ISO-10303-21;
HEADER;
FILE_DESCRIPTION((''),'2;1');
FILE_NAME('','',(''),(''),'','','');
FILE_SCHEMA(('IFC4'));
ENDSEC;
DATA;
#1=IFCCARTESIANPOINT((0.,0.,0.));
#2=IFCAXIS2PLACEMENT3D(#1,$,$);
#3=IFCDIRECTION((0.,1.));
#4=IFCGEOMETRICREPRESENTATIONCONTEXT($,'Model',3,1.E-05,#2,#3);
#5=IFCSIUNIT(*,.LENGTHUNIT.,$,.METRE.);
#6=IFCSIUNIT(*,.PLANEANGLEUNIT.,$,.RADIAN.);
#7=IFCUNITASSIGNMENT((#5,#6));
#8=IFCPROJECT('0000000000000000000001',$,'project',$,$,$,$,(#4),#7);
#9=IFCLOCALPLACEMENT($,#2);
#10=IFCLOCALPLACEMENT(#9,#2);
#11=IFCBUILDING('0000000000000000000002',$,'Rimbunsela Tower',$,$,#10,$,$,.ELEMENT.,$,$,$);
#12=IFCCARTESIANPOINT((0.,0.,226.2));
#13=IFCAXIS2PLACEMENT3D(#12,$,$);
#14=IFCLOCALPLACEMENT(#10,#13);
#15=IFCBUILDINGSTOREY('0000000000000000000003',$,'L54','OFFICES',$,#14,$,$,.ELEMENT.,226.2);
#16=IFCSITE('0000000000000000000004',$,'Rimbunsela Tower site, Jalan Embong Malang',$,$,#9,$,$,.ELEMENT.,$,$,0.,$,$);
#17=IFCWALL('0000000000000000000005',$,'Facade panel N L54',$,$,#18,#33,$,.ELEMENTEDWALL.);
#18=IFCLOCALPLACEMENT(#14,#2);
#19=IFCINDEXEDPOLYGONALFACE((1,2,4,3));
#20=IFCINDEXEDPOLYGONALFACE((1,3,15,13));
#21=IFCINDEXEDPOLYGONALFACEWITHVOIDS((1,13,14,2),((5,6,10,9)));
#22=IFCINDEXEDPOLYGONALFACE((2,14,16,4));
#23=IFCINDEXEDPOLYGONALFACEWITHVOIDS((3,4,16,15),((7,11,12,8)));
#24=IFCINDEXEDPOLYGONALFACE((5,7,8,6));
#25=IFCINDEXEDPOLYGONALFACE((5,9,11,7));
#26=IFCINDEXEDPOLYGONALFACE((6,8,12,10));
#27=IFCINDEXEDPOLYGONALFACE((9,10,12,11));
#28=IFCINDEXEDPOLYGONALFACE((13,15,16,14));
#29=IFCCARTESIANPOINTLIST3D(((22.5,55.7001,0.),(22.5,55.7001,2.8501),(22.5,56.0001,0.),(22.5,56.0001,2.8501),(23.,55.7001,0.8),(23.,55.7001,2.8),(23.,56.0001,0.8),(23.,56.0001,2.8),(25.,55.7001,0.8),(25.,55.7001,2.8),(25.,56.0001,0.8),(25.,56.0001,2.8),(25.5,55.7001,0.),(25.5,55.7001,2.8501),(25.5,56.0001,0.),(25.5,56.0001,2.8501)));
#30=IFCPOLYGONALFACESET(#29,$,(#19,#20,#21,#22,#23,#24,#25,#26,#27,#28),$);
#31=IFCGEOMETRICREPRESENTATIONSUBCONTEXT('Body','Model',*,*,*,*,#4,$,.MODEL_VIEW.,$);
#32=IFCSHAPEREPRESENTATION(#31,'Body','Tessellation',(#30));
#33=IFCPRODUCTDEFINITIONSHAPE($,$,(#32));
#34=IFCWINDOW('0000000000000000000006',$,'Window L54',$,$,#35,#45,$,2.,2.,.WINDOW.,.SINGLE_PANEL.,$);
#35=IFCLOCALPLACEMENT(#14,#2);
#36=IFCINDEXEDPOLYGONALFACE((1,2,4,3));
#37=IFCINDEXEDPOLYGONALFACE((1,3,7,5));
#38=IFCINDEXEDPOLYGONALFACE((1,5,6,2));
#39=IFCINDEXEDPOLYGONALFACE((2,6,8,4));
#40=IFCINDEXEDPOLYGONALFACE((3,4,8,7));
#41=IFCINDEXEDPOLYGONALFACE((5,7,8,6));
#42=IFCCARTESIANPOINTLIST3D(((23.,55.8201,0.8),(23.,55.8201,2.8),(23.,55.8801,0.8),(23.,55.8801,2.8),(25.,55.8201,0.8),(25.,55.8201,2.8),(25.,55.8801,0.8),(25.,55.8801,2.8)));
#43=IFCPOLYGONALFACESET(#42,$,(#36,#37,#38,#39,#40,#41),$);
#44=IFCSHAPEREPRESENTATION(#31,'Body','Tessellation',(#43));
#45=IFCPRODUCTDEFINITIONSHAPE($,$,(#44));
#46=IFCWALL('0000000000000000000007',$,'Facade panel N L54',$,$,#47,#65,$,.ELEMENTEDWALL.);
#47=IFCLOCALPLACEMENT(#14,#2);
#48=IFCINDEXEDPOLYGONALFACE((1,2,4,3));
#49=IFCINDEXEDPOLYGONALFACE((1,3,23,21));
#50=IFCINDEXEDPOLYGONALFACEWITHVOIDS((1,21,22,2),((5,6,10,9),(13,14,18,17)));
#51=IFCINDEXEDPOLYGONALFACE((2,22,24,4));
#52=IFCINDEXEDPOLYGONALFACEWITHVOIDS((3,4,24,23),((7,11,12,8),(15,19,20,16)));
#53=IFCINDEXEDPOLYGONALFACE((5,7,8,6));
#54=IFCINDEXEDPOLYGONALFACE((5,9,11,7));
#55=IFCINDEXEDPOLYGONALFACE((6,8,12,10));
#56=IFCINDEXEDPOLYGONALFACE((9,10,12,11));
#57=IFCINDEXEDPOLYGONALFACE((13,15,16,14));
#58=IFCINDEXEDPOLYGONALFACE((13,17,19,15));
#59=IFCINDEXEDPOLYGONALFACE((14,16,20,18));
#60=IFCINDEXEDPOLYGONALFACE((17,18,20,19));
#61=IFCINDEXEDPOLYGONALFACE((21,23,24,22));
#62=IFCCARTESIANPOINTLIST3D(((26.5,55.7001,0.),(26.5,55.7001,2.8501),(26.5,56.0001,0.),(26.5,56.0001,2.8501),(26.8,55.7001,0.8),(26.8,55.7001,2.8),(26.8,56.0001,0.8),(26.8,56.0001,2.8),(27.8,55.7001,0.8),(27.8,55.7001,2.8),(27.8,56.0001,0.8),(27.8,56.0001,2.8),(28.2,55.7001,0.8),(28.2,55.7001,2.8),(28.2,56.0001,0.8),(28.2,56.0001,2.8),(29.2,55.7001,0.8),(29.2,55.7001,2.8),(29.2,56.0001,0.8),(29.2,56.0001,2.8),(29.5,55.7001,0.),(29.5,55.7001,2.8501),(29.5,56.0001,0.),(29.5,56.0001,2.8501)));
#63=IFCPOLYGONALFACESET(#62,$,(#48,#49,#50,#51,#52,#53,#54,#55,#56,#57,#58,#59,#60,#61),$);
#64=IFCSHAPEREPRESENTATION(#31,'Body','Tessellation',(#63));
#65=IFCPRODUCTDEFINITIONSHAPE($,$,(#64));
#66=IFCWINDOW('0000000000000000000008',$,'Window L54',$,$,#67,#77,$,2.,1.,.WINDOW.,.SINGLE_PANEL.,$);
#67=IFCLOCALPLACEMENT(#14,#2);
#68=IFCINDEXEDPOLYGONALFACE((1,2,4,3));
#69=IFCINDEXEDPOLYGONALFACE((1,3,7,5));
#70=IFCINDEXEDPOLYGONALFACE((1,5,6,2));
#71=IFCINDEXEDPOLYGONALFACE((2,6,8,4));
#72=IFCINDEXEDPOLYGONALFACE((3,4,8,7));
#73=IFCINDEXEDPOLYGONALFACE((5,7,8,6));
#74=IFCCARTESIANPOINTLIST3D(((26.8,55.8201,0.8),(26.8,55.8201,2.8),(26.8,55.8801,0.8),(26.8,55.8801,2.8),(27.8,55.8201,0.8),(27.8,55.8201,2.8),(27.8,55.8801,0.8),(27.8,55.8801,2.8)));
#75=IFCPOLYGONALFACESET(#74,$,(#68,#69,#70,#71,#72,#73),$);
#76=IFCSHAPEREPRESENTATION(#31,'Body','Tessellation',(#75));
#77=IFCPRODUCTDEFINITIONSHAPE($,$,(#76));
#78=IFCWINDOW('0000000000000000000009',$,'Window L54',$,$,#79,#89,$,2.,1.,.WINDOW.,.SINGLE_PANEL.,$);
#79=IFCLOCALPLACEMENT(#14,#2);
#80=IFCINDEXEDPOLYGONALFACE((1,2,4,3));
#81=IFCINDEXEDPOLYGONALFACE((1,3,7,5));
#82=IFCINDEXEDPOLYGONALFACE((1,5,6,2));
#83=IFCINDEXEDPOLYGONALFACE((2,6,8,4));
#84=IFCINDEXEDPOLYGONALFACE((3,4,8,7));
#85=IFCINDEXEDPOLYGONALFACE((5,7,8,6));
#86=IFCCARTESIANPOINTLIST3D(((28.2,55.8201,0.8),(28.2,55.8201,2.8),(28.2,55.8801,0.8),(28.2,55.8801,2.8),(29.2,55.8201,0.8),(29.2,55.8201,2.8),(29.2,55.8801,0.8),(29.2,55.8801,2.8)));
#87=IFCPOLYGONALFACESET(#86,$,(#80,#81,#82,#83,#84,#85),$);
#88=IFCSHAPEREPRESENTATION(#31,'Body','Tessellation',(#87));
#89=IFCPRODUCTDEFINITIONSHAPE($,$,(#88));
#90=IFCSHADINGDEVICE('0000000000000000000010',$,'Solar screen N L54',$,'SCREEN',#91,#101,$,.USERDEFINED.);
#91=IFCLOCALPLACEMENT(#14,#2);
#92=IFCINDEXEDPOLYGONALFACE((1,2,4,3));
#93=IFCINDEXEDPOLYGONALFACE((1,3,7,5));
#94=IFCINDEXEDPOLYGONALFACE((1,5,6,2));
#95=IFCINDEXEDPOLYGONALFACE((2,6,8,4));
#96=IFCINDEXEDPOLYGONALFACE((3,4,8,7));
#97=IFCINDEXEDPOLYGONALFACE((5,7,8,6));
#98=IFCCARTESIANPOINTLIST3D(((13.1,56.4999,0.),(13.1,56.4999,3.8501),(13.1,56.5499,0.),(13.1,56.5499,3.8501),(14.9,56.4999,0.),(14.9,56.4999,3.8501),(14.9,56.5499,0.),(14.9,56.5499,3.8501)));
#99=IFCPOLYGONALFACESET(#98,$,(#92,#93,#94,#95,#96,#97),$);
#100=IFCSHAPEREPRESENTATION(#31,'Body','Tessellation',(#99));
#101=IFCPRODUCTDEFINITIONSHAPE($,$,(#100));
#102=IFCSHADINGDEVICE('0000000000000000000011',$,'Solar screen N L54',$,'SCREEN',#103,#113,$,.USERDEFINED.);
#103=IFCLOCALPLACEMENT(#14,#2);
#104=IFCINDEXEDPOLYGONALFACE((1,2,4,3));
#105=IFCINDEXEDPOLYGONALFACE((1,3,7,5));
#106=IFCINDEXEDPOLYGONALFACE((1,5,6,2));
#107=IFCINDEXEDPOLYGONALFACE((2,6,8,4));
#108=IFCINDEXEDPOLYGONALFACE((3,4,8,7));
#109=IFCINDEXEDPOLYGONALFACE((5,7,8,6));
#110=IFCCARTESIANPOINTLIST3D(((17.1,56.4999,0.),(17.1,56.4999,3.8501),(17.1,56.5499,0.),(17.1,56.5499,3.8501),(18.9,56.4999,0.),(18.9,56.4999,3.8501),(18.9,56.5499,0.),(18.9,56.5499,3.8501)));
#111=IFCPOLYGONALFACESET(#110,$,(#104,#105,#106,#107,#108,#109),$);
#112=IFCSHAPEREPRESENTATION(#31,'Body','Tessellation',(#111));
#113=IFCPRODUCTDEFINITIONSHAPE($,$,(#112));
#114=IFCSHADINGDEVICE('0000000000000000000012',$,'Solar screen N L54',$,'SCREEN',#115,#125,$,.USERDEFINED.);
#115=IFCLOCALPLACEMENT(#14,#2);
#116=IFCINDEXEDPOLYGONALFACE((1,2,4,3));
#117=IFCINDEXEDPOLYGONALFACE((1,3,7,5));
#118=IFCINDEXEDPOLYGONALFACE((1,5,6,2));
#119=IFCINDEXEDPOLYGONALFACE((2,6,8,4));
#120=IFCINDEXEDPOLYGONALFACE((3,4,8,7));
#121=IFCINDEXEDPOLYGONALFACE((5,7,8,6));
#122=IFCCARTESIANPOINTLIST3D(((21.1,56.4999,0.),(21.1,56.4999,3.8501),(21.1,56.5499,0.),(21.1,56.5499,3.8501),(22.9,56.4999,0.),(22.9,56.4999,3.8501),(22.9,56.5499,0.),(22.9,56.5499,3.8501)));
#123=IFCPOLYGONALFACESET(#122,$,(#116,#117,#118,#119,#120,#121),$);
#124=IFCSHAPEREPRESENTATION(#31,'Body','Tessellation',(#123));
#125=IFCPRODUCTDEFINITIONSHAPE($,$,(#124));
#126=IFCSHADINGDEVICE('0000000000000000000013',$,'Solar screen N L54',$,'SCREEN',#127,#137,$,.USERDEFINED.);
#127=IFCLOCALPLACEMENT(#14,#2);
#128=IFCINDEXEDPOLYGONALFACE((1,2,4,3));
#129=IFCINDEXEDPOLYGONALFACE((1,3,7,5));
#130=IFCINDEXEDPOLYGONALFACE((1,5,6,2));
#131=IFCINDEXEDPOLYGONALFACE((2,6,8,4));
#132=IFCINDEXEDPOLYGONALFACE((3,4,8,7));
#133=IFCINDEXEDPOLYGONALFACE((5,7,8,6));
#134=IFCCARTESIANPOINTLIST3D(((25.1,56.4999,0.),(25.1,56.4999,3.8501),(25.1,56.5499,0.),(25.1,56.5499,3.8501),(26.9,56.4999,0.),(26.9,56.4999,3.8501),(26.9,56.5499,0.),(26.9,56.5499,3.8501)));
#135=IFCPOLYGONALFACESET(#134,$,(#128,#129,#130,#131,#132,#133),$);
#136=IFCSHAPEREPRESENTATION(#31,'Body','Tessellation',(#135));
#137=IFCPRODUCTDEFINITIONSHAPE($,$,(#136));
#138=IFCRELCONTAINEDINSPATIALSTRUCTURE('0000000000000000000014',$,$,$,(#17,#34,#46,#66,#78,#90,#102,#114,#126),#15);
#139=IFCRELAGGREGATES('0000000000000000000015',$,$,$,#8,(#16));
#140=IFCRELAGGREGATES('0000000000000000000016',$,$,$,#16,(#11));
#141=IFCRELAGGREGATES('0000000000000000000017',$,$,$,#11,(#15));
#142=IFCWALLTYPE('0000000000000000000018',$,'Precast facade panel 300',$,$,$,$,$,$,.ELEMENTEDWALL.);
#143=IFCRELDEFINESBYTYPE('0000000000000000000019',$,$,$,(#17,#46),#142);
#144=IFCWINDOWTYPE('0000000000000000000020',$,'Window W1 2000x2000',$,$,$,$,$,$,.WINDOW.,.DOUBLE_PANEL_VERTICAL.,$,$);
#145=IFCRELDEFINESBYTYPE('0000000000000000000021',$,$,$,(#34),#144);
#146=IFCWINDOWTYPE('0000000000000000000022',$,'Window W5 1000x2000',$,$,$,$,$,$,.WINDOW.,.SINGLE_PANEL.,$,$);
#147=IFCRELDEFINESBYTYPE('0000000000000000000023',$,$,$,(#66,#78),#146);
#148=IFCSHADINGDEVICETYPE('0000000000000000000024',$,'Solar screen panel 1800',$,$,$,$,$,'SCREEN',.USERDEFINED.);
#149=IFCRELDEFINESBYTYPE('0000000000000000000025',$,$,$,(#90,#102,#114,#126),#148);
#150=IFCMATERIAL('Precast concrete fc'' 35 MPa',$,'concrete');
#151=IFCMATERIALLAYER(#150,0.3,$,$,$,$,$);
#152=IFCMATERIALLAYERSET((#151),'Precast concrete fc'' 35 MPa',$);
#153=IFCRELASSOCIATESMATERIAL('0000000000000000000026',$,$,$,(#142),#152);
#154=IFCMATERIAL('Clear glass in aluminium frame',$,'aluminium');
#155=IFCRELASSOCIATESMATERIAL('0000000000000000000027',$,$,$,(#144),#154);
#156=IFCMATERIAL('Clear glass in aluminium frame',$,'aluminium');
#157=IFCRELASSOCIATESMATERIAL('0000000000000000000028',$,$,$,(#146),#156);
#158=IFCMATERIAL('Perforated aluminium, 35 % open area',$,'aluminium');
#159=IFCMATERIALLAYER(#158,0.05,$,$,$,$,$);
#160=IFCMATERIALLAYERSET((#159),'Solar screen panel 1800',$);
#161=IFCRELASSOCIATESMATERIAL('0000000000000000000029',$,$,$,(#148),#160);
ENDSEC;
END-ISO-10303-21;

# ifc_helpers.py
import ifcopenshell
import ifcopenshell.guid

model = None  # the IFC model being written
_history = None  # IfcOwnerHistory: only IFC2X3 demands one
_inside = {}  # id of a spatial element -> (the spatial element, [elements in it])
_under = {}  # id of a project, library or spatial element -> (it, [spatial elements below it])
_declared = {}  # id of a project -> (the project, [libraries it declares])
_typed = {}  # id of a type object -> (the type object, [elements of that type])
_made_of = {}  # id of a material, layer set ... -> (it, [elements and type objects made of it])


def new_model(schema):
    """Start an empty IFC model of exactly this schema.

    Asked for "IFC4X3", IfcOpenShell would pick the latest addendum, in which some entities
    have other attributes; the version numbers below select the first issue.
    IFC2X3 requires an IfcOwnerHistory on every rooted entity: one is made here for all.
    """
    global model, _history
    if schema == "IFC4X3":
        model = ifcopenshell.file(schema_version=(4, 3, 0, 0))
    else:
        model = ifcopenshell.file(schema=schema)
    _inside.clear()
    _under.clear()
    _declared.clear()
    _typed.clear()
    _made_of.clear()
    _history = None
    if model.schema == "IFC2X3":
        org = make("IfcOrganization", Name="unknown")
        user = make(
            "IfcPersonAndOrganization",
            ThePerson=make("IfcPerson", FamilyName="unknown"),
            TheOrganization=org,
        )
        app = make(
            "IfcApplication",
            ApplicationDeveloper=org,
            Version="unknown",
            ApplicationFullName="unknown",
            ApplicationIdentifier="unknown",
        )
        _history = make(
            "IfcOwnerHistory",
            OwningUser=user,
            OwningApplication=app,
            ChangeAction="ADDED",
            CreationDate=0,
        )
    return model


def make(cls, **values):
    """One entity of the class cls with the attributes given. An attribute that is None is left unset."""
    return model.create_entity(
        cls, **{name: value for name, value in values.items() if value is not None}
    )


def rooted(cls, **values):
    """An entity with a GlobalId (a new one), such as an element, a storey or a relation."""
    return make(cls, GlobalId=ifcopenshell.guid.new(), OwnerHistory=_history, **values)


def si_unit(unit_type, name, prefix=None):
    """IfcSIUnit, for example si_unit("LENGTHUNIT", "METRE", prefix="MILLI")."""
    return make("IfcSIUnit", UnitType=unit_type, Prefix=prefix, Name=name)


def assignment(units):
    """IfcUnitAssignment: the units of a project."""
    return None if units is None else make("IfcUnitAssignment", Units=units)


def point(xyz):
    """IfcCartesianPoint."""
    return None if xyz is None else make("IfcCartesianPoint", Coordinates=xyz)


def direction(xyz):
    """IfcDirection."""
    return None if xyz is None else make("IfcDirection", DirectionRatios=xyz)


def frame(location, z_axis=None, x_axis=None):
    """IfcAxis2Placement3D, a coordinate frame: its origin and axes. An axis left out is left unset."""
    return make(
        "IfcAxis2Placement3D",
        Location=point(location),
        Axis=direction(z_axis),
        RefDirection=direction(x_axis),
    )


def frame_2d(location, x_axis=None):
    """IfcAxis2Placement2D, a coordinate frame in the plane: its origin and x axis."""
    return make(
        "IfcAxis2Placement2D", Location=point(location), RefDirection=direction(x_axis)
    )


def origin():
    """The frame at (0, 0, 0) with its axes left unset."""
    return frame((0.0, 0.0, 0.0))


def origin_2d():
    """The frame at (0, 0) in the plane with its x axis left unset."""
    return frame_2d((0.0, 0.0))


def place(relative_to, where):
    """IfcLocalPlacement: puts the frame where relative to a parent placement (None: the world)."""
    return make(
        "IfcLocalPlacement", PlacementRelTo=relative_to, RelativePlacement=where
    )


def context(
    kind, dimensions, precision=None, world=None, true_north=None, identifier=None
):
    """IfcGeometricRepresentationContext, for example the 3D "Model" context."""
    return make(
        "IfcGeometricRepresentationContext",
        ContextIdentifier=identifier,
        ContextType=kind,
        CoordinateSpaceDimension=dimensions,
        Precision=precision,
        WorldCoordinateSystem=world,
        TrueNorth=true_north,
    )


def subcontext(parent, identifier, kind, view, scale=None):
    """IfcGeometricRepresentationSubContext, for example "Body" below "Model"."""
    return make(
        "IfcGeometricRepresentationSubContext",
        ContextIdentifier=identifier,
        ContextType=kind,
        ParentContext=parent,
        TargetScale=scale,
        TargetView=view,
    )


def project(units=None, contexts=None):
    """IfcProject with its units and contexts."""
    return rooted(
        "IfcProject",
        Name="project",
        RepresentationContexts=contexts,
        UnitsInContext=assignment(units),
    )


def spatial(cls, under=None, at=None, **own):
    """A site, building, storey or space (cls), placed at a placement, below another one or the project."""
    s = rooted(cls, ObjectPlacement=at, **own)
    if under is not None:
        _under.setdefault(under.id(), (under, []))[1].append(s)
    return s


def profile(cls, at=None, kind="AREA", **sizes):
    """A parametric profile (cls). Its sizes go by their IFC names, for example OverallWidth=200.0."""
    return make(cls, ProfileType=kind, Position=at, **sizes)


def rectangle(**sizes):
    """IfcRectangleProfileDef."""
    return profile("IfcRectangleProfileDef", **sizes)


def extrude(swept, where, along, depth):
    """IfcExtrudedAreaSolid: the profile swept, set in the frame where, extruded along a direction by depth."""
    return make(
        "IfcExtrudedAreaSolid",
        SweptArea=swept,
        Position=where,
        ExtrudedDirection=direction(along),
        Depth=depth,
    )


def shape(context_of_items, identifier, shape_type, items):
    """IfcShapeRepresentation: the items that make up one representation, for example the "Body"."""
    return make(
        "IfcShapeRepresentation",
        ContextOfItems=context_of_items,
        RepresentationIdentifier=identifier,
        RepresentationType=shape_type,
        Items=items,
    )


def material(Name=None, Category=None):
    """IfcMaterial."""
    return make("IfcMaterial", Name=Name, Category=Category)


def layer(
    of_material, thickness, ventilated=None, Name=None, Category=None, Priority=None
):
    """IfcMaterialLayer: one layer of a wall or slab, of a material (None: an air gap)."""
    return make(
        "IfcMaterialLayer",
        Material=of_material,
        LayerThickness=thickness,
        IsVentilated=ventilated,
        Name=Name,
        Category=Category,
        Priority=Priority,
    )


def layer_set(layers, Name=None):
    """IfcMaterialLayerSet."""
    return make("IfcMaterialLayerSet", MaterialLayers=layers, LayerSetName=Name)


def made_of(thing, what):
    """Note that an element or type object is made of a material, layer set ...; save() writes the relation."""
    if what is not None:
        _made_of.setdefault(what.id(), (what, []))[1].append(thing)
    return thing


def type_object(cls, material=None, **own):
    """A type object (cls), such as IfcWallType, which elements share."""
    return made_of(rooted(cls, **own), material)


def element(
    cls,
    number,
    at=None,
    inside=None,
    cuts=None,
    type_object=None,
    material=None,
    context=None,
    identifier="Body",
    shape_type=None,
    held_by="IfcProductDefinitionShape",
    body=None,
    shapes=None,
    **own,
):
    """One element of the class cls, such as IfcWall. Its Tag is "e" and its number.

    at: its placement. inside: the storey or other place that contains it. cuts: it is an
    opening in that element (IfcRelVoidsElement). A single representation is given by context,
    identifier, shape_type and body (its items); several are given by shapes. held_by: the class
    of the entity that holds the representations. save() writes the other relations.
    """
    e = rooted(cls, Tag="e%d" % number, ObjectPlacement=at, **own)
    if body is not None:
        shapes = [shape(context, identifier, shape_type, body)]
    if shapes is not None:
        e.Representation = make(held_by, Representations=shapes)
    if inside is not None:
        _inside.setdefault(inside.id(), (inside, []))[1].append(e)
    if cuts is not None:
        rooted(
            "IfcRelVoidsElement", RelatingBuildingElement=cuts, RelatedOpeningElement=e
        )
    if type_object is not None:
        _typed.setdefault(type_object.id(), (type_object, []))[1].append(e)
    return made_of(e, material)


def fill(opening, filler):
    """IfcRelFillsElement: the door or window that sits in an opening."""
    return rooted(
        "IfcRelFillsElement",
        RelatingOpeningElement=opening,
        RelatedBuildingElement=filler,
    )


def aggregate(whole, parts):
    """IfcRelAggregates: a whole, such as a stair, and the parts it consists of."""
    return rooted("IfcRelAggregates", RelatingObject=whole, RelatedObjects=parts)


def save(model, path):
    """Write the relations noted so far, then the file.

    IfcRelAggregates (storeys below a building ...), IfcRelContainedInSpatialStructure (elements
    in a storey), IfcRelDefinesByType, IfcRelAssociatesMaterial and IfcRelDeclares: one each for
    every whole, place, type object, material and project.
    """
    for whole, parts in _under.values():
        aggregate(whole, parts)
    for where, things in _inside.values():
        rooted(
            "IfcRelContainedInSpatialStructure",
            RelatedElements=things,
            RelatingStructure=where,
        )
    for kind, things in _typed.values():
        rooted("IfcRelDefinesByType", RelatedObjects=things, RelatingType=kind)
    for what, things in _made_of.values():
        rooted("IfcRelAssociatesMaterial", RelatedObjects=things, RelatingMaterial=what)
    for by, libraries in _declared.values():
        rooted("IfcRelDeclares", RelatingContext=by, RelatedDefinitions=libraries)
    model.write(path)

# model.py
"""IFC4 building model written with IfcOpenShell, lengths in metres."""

from ifc_helpers import new_model, si_unit, direction, frame, frame_2d, origin, origin_2d, place, context, subcontext, project, spatial, rectangle, extrude, material, layer, layer_set, type_object, element, fill, save


model = new_model("IFC4")

# Units and contexts
model_context = context("Model", 3, precision=1e-05, world=origin(), true_north=direction((0.0, 1.0)))
body_context = subcontext(model_context, "Body", "Model", "MODEL_VIEW")
ifc_project = project(units=[si_unit("LENGTHUNIT", "METRE"), si_unit("PLANEANGLEUNIT", "RADIAN")], contexts=[model_context])

# Site, building, storey
site_placement = place(None, origin())
site = spatial("IfcSite", under=ifc_project, at=site_placement, Name="Rimbunsela Tower site, Jalan Embong Malang", CompositionType="ELEMENT", RefElevation=0.0)
building_placement = place(site_placement, origin())
building = spatial("IfcBuilding", under=site, at=building_placement, Name="Rimbunsela Tower", CompositionType="ELEMENT")
storey_placement = place(building_placement, frame((0.0, 0.0, 226.2)))
storey = spatial("IfcBuildingStorey", under=building, at=storey_placement, Name="L54", Description="OFFICES", CompositionType="ELEMENT", Elevation=226.2)

# Wall, opening, window
ifc_material_1 = material(Name="Precast concrete fc' 35 MPa", Category="concrete")
ifc_layer_1 = layer(ifc_material_1, 0.3)
ifc_layer_set_1 = layer_set([ifc_layer_1], Name="Precast concrete fc' 35 MPa")
wall_type_1 = type_object("IfcWallType", Name="Precast facade panel 300", PredefinedType="ELEMENTEDWALL", material=ifc_layer_set_1)
ifc_material_2 = material(Name="Clear glass in aluminium frame", Category="aluminium")
window_type_1 = type_object("IfcWindowType", Name="Window W1 2000x2000", PartitioningType="DOUBLE_PANEL_VERTICAL", PredefinedType="WINDOW", material=ifc_material_2)
wall_1_placement = place(storey_placement, frame((25.5, 55.8501, 0.0), z_axis=(0.0, 0.0, 1.0), x_axis=(-1.0, 0.0, 0.0)))
wall_1 = element("IfcWall", 1, at=wall_1_placement, inside=storey, type_object=wall_type_1, Name="Facade panel N L54", PredefinedType="ELEMENTEDWALL", context=body_context, shape_type="SweptSolid", body=[
    extrude(rectangle(XDim=3.0, YDim=0.3, at=frame_2d((1.5, 0.0))), origin(), (0.0, 0.0, 1.0), 2.8501),
])
opening_1_placement = place(wall_1_placement, frame((0.5, 0.0, 0.8)))
opening_1 = element("IfcOpeningElement", 2, at=opening_1_placement, cuts=wall_1, PredefinedType="OPENING", context=body_context, shape_type="SweptSolid", body=[
    extrude(rectangle(XDim=2.0, YDim=2.0, at=frame_2d((1.0, 1.0))), frame((0.0, 0.1599, 0.0), z_axis=(0.0, -1.0, 0.0), x_axis=(1.0, 0.0, 0.0)), (0.0, 0.0, 1.0), 0.3201),
])
window_1_placement = place(opening_1_placement, origin())
window_1 = element("IfcWindow", 3, at=window_1_placement, inside=storey, type_object=window_type_1, Name="Window L54", OverallHeight=2.0, OverallWidth=2.0, PartitioningType="SINGLE_PANEL", PredefinedType="WINDOW", context=body_context, shape_type="SweptSolid", body=[
    extrude(rectangle(XDim=2.0, YDim=2.0, at=frame_2d((1.0, 1.0))), frame((0.0, 0.03, 0.0), z_axis=(0.0, -1.0, 0.0), x_axis=(1.0, 0.0, 0.0)), (0.0, 0.0, 1.0), 0.0601),
])
fill(opening_1, window_1)

# Wall, openings, windows
wall_2_placement = place(storey_placement, frame((29.5, 55.8501, 0.0), z_axis=(0.0, 0.0, 1.0), x_axis=(-1.0, 0.0, 0.0)))
wall_2 = element("IfcWall", 4, at=wall_2_placement, inside=storey, type_object=wall_type_1, Name="Facade panel N L54", PredefinedType="ELEMENTEDWALL", context=body_context, shape_type="SweptSolid", body=[
    extrude(rectangle(XDim=3.0, YDim=0.3, at=frame_2d((1.5, 0.0))), origin(), (0.0, 0.0, 1.0), 2.8501),
])
opening_2_placement = place(wall_2_placement, frame((1.7, 0.0, 0.8)))
opening_2 = element("IfcOpeningElement", 5, at=opening_2_placement, cuts=wall_2, PredefinedType="OPENING", context=body_context, shape_type="SweptSolid", body=[
    extrude(rectangle(XDim=1.0, YDim=2.0, at=frame_2d((0.5, 1.0))), frame((0.0, 0.1599, 0.0), z_axis=(0.0, -1.0, 0.0), x_axis=(1.0, 0.0, 0.0)), (0.0, 0.0, 1.0), 0.3201),
])
opening_3_placement = place(wall_2_placement, frame((0.3, 0.0, 0.8)))
opening_3 = element("IfcOpeningElement", 6, at=opening_3_placement, cuts=wall_2, PredefinedType="OPENING", context=body_context, shape_type="SweptSolid", body=[
    extrude(rectangle(XDim=1.0, YDim=2.0, at=frame_2d((0.5, 1.0))), frame((0.0, 0.1599, 0.0), z_axis=(0.0, -1.0, 0.0), x_axis=(1.0, 0.0, 0.0)), (0.0, 0.0, 1.0), 0.3201),
])
ifc_material_3 = material(Name="Clear glass in aluminium frame", Category="aluminium")
window_type_2 = type_object("IfcWindowType", Name="Window W5 1000x2000", PartitioningType="SINGLE_PANEL", PredefinedType="WINDOW", material=ifc_material_3)
window_2_placement = place(opening_2_placement, origin())
window_2 = element("IfcWindow", 7, at=window_2_placement, inside=storey, type_object=window_type_2, Name="Window L54", OverallHeight=2.0, OverallWidth=1.0, PartitioningType="SINGLE_PANEL", PredefinedType="WINDOW", context=body_context, shape_type="SweptSolid", body=[
    extrude(rectangle(XDim=1.0, YDim=2.0, at=frame_2d((0.5, 1.0))), frame((0.0, 0.03, 0.0), z_axis=(0.0, -1.0, 0.0), x_axis=(1.0, 0.0, 0.0)), (0.0, 0.0, 1.0), 0.0601),
])
fill(opening_2, window_2)
window_3_placement = place(opening_3_placement, origin())
window_3 = element("IfcWindow", 8, at=window_3_placement, inside=storey, type_object=window_type_2, Name="Window L54", OverallHeight=2.0, OverallWidth=1.0, PartitioningType="SINGLE_PANEL", PredefinedType="WINDOW", context=body_context, shape_type="SweptSolid", body=[
    extrude(rectangle(XDim=1.0, YDim=2.0, at=frame_2d((0.5, 1.0))), frame((0.0, 0.03, 0.0), z_axis=(0.0, -1.0, 0.0), x_axis=(1.0, 0.0, 0.0)), (0.0, 0.0, 1.0), 0.0601),
])
fill(opening_3, window_3)

# Shading devices
ifc_material_4 = material(Name="Perforated aluminium, 35 % open area", Category="aluminium")
ifc_layer_2 = layer(ifc_material_4, 0.05)
ifc_layer_set_2 = layer_set([ifc_layer_2], Name="Solar screen panel 1800")
shading_device_type = type_object("IfcShadingDeviceType", Name="Solar screen panel 1800", ElementType="SCREEN", PredefinedType="USERDEFINED", material=ifc_layer_set_2)
for number, where, z_axis, x_axis, name in (
    (9, (14.0, 56.5249, 0.0), (0.0, 0.0, 1.0), (1.0, 0.0, 0.0), "Solar screen N L54"),
    (10, (18.0, 56.5249, 0.0), (0.0, 0.0, 1.0), (1.0, 0.0, 0.0), "Solar screen N L54"),
    (11, (22.0, 56.5249, 0.0), (0.0, 0.0, 1.0), (1.0, 0.0, 0.0), "Solar screen N L54"),
    (12, (26.0, 56.5249, 0.0), (0.0, 0.0, 1.0), (1.0, 0.0, 0.0), "Solar screen N L54"),
):
    element("IfcShadingDevice", number, at=place(storey_placement, frame(where, z_axis=z_axis, x_axis=x_axis)), inside=storey, type_object=shading_device_type, Name=name, ObjectType="SCREEN", PredefinedType="USERDEFINED", context=body_context, shape_type="SweptSolid", body=[
        extrude(rectangle(XDim=1.8, YDim=0.05, at=origin_2d()), origin(), (0.0, 0.0, 1.0), 3.8501),
    ])

save(model, "model.ifc")
